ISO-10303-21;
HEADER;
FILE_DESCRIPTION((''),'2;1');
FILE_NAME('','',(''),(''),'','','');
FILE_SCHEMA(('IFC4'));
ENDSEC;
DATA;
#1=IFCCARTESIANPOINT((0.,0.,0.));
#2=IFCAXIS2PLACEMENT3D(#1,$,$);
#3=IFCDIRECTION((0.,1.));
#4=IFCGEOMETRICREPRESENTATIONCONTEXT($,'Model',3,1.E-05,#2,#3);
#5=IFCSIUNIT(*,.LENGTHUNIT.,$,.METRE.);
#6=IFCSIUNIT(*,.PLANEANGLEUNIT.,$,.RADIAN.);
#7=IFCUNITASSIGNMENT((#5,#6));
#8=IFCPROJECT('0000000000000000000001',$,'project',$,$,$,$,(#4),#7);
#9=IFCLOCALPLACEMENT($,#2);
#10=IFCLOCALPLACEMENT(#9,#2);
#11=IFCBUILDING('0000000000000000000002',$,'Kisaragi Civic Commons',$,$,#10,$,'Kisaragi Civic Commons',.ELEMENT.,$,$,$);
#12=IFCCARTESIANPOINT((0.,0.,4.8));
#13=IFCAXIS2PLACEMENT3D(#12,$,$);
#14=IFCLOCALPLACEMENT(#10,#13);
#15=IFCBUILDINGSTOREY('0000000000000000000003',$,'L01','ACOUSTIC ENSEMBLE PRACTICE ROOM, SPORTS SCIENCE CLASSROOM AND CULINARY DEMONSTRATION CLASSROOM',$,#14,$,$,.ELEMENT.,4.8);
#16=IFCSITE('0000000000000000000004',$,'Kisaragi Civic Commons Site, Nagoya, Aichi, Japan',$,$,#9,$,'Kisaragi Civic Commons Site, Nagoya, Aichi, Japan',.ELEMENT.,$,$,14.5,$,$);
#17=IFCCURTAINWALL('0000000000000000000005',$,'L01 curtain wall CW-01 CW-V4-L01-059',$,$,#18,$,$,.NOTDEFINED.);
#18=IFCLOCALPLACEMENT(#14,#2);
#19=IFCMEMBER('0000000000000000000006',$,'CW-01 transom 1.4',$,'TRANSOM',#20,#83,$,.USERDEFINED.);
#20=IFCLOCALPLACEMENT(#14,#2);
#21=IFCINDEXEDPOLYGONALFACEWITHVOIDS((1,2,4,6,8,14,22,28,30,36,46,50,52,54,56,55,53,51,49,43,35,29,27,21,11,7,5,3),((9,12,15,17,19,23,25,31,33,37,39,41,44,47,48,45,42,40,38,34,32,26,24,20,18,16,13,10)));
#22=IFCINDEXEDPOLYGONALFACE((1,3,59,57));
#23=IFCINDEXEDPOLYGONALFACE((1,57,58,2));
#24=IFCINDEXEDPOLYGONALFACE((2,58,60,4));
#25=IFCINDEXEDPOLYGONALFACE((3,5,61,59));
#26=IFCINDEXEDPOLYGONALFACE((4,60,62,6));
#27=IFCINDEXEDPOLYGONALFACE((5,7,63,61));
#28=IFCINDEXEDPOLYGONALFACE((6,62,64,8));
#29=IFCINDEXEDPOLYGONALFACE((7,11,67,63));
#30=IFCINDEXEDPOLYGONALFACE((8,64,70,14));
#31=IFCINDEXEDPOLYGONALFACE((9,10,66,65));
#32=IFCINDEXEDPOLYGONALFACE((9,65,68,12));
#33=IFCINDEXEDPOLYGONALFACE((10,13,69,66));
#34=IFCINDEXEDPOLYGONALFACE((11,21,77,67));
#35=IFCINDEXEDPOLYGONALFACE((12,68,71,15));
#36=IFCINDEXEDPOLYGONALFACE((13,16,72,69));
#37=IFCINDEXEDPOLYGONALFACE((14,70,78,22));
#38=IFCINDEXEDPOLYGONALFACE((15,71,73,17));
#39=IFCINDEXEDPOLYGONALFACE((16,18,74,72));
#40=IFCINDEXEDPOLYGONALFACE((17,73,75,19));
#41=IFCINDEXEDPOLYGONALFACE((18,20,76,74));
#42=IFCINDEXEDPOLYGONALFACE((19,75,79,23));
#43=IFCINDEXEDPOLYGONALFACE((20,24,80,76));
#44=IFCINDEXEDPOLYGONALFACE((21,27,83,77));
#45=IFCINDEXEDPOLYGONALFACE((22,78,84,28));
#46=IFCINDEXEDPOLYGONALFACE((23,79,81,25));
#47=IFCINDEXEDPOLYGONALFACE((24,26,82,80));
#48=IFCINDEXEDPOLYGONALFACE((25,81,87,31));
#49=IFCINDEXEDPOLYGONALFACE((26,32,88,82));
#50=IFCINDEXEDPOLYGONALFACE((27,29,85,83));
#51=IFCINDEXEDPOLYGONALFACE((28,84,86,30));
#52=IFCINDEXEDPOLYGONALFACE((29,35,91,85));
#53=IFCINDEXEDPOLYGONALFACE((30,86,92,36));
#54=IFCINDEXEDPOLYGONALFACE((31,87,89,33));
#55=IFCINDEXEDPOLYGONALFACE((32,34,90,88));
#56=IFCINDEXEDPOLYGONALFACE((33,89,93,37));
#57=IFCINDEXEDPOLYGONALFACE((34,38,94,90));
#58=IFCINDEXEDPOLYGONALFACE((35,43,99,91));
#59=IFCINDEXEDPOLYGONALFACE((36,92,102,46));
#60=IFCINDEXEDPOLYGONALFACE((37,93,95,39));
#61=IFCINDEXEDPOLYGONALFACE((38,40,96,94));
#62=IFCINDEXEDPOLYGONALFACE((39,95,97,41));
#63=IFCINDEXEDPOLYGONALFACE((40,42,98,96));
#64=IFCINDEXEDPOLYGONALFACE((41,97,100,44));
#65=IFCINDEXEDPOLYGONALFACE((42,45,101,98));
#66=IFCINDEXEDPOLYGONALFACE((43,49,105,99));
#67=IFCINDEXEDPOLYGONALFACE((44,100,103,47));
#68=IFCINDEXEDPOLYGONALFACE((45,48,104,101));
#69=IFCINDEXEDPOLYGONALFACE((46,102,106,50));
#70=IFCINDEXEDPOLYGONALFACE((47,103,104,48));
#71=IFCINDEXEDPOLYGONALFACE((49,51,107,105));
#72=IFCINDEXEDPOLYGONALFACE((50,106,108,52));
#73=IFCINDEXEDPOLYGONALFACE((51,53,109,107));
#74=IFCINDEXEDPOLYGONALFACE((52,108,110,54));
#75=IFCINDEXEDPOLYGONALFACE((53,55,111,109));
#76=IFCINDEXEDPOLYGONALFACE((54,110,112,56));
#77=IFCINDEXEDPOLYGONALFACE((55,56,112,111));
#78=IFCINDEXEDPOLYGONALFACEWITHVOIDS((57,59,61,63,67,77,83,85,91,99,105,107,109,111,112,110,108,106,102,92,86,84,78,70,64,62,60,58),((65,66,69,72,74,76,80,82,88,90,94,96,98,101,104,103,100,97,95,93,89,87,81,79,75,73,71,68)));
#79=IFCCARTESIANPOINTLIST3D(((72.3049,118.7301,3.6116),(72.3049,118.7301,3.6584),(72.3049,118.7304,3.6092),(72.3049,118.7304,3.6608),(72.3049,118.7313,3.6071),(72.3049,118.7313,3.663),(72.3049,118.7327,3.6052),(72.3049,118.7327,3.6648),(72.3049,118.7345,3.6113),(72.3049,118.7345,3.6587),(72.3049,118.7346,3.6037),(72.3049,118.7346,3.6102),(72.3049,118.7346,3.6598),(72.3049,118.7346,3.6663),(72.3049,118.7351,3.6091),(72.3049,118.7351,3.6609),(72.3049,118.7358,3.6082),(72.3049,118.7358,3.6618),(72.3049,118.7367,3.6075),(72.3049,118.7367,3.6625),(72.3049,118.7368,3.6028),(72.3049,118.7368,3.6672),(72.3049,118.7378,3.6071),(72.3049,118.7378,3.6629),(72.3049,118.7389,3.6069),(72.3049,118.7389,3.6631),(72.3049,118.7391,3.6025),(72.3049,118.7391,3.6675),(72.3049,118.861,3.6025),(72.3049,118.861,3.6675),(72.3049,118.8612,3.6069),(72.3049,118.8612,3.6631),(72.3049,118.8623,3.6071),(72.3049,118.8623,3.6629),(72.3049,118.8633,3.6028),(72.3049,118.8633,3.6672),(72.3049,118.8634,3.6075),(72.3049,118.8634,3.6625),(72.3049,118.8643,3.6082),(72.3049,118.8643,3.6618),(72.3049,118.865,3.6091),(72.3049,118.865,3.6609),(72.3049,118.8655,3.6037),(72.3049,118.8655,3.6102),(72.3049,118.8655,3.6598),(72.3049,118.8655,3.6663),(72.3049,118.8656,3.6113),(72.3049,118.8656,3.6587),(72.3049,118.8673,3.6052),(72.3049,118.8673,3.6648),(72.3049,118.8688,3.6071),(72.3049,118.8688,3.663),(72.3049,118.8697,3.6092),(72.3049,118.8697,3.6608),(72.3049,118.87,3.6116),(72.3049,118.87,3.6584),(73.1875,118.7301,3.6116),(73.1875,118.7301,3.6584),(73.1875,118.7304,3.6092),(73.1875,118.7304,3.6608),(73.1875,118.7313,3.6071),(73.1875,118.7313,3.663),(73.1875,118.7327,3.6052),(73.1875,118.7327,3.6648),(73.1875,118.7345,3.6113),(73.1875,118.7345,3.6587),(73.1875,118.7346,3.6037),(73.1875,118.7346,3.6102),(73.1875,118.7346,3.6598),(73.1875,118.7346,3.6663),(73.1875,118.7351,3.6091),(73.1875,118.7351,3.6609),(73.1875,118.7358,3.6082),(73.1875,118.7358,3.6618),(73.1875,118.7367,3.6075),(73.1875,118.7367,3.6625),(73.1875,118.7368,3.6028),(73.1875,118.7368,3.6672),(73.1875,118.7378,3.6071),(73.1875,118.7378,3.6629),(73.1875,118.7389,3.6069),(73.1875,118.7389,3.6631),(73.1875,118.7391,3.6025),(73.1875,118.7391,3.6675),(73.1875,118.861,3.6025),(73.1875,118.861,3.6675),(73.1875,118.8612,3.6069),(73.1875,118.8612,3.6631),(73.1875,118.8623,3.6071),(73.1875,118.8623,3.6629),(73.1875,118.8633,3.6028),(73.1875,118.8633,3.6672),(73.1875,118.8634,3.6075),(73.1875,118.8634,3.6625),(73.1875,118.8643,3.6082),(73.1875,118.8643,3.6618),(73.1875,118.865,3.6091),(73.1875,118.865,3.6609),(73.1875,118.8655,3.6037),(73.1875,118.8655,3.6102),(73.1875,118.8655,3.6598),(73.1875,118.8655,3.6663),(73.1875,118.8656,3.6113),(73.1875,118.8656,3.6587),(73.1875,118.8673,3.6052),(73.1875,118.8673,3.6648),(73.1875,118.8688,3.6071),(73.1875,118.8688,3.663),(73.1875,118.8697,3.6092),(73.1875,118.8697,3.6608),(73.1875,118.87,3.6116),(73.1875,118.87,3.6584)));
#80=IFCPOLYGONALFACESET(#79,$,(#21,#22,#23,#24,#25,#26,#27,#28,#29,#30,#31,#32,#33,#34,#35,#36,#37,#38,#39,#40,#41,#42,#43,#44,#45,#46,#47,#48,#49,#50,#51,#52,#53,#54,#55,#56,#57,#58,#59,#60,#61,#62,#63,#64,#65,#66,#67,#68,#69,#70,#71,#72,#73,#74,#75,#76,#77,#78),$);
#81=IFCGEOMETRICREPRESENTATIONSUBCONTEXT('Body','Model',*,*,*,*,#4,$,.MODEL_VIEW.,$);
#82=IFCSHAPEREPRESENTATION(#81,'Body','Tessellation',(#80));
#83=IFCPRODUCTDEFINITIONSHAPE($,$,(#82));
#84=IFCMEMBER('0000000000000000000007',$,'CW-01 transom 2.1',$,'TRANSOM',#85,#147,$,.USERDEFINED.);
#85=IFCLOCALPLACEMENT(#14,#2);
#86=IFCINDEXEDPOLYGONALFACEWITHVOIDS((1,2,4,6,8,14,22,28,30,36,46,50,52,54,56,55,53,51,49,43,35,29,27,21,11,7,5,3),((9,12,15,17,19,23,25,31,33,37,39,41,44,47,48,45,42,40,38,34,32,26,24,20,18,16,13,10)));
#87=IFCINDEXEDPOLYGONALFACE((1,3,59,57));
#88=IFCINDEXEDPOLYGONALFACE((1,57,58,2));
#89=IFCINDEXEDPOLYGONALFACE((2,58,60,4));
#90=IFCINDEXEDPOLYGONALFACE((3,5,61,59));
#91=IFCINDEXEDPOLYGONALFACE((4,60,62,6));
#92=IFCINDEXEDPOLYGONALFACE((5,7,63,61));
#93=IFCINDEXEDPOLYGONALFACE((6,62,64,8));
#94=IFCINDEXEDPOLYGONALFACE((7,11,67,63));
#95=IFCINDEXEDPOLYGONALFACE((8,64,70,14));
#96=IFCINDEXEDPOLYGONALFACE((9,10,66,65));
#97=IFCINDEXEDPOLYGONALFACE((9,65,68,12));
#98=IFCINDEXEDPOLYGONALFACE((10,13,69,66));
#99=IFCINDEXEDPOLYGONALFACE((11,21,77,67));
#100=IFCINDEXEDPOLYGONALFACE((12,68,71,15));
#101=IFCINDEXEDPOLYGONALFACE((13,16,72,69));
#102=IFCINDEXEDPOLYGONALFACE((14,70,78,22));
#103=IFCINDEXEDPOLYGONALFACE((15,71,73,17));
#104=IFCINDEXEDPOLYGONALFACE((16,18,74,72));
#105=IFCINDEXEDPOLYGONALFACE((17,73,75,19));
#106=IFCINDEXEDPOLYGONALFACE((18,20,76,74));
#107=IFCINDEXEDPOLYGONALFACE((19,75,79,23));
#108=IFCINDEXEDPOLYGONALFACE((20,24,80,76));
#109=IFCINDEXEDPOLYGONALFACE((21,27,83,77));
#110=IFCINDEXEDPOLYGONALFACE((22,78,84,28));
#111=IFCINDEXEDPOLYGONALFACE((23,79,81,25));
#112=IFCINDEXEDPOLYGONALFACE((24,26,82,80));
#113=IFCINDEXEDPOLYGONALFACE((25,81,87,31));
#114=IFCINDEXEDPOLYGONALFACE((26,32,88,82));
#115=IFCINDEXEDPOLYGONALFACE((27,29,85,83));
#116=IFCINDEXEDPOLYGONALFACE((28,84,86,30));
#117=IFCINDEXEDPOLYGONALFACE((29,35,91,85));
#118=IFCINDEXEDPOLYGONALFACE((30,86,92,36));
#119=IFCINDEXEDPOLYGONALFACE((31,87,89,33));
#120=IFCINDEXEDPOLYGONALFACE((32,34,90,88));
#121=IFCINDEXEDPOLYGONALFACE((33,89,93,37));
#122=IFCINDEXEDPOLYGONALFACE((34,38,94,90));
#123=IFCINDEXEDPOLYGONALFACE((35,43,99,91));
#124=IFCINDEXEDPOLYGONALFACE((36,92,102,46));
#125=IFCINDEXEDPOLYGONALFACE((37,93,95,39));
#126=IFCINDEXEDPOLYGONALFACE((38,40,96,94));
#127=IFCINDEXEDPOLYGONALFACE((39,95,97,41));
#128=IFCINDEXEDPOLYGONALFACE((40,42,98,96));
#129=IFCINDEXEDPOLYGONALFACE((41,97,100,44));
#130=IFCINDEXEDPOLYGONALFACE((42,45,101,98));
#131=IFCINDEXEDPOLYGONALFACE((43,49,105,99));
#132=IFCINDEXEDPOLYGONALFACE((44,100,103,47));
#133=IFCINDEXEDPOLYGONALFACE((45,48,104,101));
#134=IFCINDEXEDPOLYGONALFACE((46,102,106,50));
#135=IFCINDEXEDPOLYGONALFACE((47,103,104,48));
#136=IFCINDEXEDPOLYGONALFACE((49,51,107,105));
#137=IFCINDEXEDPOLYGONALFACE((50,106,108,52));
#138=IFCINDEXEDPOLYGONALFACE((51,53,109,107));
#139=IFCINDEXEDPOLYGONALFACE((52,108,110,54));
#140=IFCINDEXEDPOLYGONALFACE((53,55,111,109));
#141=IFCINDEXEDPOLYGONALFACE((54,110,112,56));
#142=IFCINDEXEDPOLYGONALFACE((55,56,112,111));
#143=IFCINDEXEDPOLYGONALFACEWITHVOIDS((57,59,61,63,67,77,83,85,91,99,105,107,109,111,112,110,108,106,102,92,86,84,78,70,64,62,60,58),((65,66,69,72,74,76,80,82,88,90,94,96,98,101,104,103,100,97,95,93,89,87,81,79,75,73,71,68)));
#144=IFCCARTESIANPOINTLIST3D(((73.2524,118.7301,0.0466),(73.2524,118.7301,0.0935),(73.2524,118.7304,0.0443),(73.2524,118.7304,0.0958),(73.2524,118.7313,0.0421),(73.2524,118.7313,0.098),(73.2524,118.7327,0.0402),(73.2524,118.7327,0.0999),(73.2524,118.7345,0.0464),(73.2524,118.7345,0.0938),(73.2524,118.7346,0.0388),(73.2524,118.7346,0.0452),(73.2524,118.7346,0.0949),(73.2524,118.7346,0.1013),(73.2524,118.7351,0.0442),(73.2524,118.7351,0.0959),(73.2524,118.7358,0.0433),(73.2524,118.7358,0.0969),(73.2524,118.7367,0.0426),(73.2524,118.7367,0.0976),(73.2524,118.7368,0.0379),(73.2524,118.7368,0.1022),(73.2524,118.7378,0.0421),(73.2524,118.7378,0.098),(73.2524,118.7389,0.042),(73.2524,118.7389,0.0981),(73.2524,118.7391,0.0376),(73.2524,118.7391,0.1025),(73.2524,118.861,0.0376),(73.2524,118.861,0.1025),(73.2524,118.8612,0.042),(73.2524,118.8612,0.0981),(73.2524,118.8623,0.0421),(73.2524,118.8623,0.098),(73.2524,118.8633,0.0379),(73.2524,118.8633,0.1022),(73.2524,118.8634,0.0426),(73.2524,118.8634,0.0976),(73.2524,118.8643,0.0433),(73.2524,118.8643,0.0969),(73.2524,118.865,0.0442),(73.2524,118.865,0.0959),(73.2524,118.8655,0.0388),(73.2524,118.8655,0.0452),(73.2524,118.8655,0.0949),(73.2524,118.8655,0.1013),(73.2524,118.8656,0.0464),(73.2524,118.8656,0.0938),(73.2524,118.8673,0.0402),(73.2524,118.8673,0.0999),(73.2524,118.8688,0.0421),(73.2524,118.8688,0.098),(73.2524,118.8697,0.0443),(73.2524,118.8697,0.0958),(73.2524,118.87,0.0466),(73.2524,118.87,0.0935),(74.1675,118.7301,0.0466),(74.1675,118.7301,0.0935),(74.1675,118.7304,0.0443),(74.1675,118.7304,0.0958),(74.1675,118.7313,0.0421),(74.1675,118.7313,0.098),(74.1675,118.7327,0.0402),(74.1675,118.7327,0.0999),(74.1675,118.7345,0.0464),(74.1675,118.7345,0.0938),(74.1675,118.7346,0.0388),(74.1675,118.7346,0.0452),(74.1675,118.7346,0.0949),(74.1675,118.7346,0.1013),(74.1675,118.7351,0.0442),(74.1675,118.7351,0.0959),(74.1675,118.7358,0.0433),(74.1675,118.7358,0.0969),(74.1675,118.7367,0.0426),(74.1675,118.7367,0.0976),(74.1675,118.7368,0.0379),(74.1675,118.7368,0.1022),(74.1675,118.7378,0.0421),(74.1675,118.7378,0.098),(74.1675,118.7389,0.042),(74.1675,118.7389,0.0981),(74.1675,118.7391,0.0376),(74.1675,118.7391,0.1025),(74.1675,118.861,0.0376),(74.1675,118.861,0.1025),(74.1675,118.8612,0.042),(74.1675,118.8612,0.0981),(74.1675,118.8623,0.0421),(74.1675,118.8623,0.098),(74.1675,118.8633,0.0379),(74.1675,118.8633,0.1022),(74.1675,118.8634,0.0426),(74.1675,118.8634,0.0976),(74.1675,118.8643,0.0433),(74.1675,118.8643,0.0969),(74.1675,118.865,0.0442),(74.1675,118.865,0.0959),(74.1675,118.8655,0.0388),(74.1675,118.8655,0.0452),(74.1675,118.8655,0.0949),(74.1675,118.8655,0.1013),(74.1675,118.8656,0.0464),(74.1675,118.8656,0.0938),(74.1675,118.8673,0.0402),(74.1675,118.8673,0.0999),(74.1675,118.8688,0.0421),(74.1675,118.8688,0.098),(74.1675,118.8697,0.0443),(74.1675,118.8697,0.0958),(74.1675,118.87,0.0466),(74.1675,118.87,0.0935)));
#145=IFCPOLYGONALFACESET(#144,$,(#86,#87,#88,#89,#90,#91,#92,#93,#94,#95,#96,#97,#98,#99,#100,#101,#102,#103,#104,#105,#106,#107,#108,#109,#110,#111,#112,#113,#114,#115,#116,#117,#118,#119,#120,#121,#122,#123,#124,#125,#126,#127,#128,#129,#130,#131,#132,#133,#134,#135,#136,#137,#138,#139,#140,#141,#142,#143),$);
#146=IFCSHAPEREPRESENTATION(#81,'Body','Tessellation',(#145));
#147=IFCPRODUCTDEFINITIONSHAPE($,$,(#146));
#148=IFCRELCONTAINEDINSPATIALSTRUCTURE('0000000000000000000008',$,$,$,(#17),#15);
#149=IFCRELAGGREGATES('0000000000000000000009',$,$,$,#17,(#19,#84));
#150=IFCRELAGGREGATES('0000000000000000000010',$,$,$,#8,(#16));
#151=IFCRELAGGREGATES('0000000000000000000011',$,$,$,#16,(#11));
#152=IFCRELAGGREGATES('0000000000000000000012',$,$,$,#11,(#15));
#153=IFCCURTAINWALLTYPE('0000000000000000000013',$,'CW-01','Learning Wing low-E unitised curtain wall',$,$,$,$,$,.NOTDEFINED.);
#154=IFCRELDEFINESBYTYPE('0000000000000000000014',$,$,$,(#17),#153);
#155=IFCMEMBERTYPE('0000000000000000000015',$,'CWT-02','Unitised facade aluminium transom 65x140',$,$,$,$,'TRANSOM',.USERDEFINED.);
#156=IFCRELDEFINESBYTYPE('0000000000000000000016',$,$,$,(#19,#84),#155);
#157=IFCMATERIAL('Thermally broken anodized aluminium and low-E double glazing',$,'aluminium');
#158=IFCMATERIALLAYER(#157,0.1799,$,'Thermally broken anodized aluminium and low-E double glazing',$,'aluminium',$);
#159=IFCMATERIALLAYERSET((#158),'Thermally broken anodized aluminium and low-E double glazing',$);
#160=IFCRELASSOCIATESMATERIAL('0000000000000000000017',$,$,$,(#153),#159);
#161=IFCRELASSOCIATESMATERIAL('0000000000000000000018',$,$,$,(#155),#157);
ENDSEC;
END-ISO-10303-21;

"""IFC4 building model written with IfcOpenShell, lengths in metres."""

from ifc_helpers import new_model, si_unit, direction, frame, origin, origin_2d, place, context, subcontext, project, spatial, hollow_rectangle, extrude, material, layer, layer_set, material_profile, profile_set, type_object, element, aggregate, save


model = new_model("IFC4")

# Units and contexts
model_context = context("Model", 3, precision=1e-05, world=origin(), true_north=direction((0.0, 1.0)))
body_context = subcontext(model_context, "Body", "Model", "MODEL_VIEW")
ifc_project = project(units=[si_unit("LENGTHUNIT", "METRE"), si_unit("PLANEANGLEUNIT", "RADIAN")], contexts=[model_context])

# Site, building, storey
site_placement = place(None, origin())
site = spatial("IfcSite", under=ifc_project, at=site_placement, Name="Kisaragi Civic Commons Site, Nagoya, Aichi, Japan", LongName="Kisaragi Civic Commons Site, Nagoya, Aichi, Japan", CompositionType="ELEMENT", RefElevation=14.5)
building_placement = place(site_placement, origin())
building = spatial("IfcBuilding", under=site, at=building_placement, Name="Kisaragi Civic Commons", LongName="Kisaragi Civic Commons", CompositionType="ELEMENT")
storey_placement = place(building_placement, frame((0.0, 0.0, 4.8)))
storey = spatial("IfcBuildingStorey", under=building, at=storey_placement, Name="L01", Description="ACOUSTIC ENSEMBLE PRACTICE ROOM, SPORTS SCIENCE CLASSROOM AND CULINARY DEMONSTRATION CLASSROOM", CompositionType="ELEMENT", Elevation=4.8)

# Curtain wall, members
ifc_material = material(Name="Thermally broken anodized aluminium and low-E double glazing", Category="aluminium")
ifc_layer_1 = layer(ifc_material, 0.1799, Name="Thermally broken anodized aluminium and low-E double glazing", Category="aluminium")
ifc_layer_set_1 = layer_set([ifc_layer_1], Name="Thermally broken anodized aluminium and low-E double glazing")
curtain_wall_type = type_object("IfcCurtainWallType", Name="CW-01", Description="Learning Wing low-E unitised curtain wall", PredefinedType="NOTDEFINED", material=ifc_layer_set_1)
curtain_wall_placement = place(storey_placement, origin())
curtain_wall = element("IfcCurtainWall", 1, at=curtain_wall_placement, inside=storey, type_object=curtain_wall_type, Name="L01 curtain wall CW-01 CW-V4-L01-059", PredefinedType="NOTDEFINED")
ifc_material_profile_1 = material_profile(ifc_material, hollow_rectangle(XDim=0.1399, YDim=0.0649, WallThickness=0.0044, InnerFilletRadius=0.0044, OuterFilletRadius=0.009, at=origin_2d()), Name="CWT-65x140x4.5", Category="aluminium")
ifc_profile_set_1 = profile_set([ifc_material_profile_1], Name="Thermally broken anodized aluminium and low-E double glazing")
member_type_1 = type_object("IfcMemberType", Name="CWT-02", Description="Unitised facade aluminium transom 65x140", ElementType="TRANSOM", PredefinedType="USERDEFINED", material=ifc_profile_set_1)
member_1_placement = place(storey_placement, frame((72.3049, 118.8, 3.635), z_axis=(1.0, 0.0, 0.0), x_axis=(0.0, 1.0, 0.0)))
member_1 = element("IfcMember", 2, at=member_1_placement, type_object=member_type_1, Name="CW-01 transom 1.4", ObjectType="TRANSOM", PredefinedType="USERDEFINED", context=body_context, shape_type="SweptSolid", body=[
    extrude(hollow_rectangle(XDim=0.1399, YDim=0.0649, WallThickness=0.0044, InnerFilletRadius=0.0044, OuterFilletRadius=0.009, at=origin_2d()), origin(), (0.0, 0.0, 1.0), 0.8826),
])
member_2_placement = place(storey_placement, frame((73.2524, 118.8, 0.0701), z_axis=(1.0, 0.0, 0.0), x_axis=(0.0, 1.0, 0.0)))
member_2 = element("IfcMember", 3, at=member_2_placement, type_object=member_type_1, Name="CW-01 transom 2.1", ObjectType="TRANSOM", PredefinedType="USERDEFINED", context=body_context, shape_type="SweptSolid", body=[
    extrude(hollow_rectangle(XDim=0.1399, YDim=0.0649, WallThickness=0.0044, InnerFilletRadius=0.0044, OuterFilletRadius=0.009, at=origin_2d()), origin(), (0.0, 0.0, 1.0), 0.915),
])
aggregate(curtain_wall, [member_1, member_2])

save(model, "model.ifc")
